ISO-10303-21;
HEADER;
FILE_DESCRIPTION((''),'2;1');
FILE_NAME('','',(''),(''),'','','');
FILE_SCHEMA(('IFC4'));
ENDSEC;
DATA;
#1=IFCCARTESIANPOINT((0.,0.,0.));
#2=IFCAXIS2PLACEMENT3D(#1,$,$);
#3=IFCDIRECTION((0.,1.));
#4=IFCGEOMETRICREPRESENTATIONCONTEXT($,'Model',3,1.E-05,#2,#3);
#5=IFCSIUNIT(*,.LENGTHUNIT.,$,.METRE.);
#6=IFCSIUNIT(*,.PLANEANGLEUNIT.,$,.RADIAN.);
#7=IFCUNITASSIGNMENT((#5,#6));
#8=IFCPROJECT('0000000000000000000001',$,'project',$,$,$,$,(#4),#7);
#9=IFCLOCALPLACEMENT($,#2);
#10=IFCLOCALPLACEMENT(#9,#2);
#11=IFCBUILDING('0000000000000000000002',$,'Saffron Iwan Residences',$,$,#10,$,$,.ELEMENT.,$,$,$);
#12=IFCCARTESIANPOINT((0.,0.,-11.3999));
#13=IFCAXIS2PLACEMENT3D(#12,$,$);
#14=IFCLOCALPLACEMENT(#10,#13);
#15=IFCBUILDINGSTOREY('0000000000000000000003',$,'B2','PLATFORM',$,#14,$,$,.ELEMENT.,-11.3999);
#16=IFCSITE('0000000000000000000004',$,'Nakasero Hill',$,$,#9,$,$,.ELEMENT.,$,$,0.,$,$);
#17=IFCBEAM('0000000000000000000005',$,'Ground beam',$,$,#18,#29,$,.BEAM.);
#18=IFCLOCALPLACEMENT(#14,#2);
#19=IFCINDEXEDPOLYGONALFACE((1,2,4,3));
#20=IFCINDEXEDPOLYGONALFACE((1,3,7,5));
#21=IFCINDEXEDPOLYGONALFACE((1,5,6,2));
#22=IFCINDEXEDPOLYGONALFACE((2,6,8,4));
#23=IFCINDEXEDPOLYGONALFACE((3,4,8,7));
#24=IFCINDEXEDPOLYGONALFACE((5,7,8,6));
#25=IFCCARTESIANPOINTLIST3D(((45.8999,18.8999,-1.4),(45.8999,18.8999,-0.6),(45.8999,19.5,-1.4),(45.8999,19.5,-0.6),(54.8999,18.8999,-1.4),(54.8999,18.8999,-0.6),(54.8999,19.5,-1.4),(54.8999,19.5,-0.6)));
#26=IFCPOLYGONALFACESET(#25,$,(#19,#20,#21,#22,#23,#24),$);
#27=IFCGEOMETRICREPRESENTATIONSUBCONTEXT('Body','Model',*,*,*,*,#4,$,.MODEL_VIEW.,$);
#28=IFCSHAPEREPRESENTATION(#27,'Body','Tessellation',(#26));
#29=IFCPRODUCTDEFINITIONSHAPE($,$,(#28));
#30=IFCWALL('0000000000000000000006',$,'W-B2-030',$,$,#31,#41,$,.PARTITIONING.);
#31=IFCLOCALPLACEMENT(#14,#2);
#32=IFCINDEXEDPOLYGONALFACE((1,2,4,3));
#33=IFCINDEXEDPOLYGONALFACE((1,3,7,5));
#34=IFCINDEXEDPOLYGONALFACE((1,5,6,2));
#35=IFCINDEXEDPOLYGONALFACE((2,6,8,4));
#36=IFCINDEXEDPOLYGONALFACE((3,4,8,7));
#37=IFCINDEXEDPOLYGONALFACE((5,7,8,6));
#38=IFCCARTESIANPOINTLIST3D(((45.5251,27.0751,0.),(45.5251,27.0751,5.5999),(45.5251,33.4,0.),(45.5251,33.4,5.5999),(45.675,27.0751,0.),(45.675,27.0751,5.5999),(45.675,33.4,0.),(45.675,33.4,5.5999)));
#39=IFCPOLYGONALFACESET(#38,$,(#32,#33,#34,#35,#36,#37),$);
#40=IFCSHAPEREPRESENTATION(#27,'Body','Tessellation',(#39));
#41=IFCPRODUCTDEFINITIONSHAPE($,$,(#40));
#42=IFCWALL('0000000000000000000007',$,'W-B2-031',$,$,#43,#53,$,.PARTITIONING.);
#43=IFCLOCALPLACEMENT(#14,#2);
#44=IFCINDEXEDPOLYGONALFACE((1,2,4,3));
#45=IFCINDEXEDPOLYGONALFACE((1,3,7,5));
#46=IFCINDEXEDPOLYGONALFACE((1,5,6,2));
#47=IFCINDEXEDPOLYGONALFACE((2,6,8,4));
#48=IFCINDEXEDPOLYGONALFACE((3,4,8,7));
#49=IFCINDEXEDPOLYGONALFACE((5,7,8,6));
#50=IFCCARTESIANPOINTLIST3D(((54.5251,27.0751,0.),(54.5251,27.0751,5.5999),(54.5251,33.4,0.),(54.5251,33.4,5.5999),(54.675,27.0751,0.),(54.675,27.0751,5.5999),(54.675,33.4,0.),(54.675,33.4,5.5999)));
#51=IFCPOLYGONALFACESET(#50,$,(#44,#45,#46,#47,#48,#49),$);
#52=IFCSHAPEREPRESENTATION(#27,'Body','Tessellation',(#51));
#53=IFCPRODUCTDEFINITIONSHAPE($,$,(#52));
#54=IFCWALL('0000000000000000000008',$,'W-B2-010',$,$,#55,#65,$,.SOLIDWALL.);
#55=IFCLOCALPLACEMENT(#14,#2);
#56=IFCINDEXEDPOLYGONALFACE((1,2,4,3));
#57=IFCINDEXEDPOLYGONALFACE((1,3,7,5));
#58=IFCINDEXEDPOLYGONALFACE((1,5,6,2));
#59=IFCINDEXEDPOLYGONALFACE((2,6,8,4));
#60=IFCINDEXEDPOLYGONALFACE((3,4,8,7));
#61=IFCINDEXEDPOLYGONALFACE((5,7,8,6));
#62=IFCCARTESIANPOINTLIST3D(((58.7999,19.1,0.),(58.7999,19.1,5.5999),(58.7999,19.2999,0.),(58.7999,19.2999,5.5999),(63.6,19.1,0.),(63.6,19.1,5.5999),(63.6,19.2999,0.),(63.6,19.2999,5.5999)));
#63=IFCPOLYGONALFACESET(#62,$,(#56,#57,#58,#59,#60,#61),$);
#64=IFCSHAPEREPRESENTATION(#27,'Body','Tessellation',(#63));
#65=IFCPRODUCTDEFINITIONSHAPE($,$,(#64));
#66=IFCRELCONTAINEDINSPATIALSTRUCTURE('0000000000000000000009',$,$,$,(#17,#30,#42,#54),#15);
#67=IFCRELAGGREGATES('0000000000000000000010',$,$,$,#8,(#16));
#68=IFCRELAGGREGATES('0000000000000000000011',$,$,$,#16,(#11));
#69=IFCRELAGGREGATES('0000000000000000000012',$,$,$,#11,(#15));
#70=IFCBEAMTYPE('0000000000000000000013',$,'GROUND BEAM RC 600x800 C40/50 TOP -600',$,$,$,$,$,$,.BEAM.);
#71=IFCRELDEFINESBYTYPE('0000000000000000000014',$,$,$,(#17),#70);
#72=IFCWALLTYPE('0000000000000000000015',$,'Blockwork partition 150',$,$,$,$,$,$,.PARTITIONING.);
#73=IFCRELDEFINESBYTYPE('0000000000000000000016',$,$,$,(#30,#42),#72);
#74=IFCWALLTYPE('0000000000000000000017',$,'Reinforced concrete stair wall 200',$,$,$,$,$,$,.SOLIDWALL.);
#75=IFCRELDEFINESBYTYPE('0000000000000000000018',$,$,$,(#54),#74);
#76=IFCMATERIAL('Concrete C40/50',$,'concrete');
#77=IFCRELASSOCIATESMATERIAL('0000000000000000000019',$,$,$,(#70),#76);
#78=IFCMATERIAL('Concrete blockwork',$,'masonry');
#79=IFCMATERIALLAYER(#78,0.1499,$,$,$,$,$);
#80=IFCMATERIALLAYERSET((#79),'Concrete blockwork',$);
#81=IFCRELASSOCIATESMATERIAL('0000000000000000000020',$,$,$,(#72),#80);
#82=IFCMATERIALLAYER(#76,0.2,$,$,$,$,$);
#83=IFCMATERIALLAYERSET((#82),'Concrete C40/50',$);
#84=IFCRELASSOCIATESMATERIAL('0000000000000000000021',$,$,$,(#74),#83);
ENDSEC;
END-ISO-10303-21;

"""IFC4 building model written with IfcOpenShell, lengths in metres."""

from ifc_helpers import new_model, si_unit, direction, frame, frame_2d, origin, origin_2d, place, context, subcontext, project, spatial, rectangle, extrude, source, transform, mapped, material, layer, layer_set, material_profile, profile_set, type_object, element, save


model = new_model("IFC4")

# Units and contexts
model_context = context("Model", 3, precision=1e-05, world=origin(), true_north=direction((0.0, 1.0)))
body_context = subcontext(model_context, "Body", "Model", "MODEL_VIEW")
ifc_project = project(units=[si_unit("LENGTHUNIT", "METRE"), si_unit("PLANEANGLEUNIT", "RADIAN")], contexts=[model_context])

# Site, building, storey
site_placement = place(None, origin())
site = spatial("IfcSite", under=ifc_project, at=site_placement, Name="Nakasero Hill", CompositionType="ELEMENT", RefElevation=0.0)
building_placement = place(site_placement, origin())
building = spatial("IfcBuilding", under=site, at=building_placement, Name="Saffron Iwan Residences", CompositionType="ELEMENT")
storey_placement = place(building_placement, frame((0.0, 0.0, -11.3999)))
storey = spatial("IfcBuildingStorey", under=building, at=storey_placement, Name="B2", Description="PLATFORM", CompositionType="ELEMENT", Elevation=-11.3999)

# Shared definitions
ifc_material_1 = material(Name="Concrete C40/50", Category="concrete")

# Beam
ifc_material_profile_1 = material_profile(ifc_material_1, rectangle(XDim=0.6001, YDim=0.8, at=origin_2d()), Name="RC 600x800")
ifc_profile_set_1 = profile_set([ifc_material_profile_1], Name="Concrete C40/50")
beam_type_1 = type_object("IfcBeamType", Name="GROUND BEAM RC 600x800 C40/50 TOP -600", PredefinedType="BEAM", material=ifc_profile_set_1)
shared_shape_1 = source(origin(), body_context, "Body", "SweptSolid", [
    extrude(rectangle(XDim=0.6001, YDim=0.8, at=origin_2d()), origin(), (0.0, 0.0, 1.0), 9.0),
])
beam_1_placement = place(storey_placement, frame((45.8999, 19.2, -1.0), z_axis=(1.0, 0.0, 0.0), x_axis=(0.0, 1.0, 0.0)))
element("IfcBeam", 1, at=beam_1_placement, inside=storey, type_object=beam_type_1, Name="Ground beam", PredefinedType="BEAM", context=body_context, shape_type="MappedRepresentation", body=[
    mapped(shared_shape_1, transform((0.0, 0.0, 0.0))),
])

# Walls
ifc_material_2 = material(Name="Concrete blockwork", Category="masonry")
ifc_layer_1 = layer(ifc_material_2, 0.1499)
ifc_layer_set_1 = layer_set([ifc_layer_1], Name="Concrete blockwork")
wall_type_1 = type_object("IfcWallType", Name="Blockwork partition 150", PredefinedType="PARTITIONING", material=ifc_layer_set_1)
for number, where, z_axis, x_axis, name in (
    (2, (45.6001, 27.075, 0.0), (0.0, 0.0, 1.0), (0.0, 1.0, 0.0), "W-B2-030"),
    (3, (54.6001, 27.075, 0.0), (0.0, 0.0, 1.0), (0.0, 1.0, 0.0), "W-B2-031"),
):
    element("IfcWall", number, at=place(storey_placement, frame(where, z_axis=z_axis, x_axis=x_axis)), inside=storey, type_object=wall_type_1, Name=name, PredefinedType="PARTITIONING", context=body_context, shape_type="SweptSolid", body=[
        extrude(rectangle(XDim=6.325, YDim=0.1499, at=frame_2d((3.1626, 0.0))), origin(), (0.0, 0.0, 1.0), 5.5999),
    ])
ifc_layer_2 = layer(ifc_material_1, 0.2)
ifc_layer_set_2 = layer_set([ifc_layer_2], Name="Concrete C40/50")
wall_type_2 = type_object("IfcWallType", Name="Reinforced concrete stair wall 200", PredefinedType="SOLIDWALL", material=ifc_layer_set_2)
wall_placement = place(storey_placement, frame((58.8, 19.2, 0.0), z_axis=(0.0, 0.0, 1.0), x_axis=(1.0, 0.0, 0.0)))
element("IfcWall", 4, at=wall_placement, inside=storey, type_object=wall_type_2, Name="W-B2-010", PredefinedType="SOLIDWALL", context=body_context, shape_type="SweptSolid", body=[
    extrude(rectangle(XDim=4.8, YDim=0.2, at=frame_2d((2.3999, 0.0))), origin(), (0.0, 0.0, 1.0), 5.5999),
])

save(model, "model.ifc")
